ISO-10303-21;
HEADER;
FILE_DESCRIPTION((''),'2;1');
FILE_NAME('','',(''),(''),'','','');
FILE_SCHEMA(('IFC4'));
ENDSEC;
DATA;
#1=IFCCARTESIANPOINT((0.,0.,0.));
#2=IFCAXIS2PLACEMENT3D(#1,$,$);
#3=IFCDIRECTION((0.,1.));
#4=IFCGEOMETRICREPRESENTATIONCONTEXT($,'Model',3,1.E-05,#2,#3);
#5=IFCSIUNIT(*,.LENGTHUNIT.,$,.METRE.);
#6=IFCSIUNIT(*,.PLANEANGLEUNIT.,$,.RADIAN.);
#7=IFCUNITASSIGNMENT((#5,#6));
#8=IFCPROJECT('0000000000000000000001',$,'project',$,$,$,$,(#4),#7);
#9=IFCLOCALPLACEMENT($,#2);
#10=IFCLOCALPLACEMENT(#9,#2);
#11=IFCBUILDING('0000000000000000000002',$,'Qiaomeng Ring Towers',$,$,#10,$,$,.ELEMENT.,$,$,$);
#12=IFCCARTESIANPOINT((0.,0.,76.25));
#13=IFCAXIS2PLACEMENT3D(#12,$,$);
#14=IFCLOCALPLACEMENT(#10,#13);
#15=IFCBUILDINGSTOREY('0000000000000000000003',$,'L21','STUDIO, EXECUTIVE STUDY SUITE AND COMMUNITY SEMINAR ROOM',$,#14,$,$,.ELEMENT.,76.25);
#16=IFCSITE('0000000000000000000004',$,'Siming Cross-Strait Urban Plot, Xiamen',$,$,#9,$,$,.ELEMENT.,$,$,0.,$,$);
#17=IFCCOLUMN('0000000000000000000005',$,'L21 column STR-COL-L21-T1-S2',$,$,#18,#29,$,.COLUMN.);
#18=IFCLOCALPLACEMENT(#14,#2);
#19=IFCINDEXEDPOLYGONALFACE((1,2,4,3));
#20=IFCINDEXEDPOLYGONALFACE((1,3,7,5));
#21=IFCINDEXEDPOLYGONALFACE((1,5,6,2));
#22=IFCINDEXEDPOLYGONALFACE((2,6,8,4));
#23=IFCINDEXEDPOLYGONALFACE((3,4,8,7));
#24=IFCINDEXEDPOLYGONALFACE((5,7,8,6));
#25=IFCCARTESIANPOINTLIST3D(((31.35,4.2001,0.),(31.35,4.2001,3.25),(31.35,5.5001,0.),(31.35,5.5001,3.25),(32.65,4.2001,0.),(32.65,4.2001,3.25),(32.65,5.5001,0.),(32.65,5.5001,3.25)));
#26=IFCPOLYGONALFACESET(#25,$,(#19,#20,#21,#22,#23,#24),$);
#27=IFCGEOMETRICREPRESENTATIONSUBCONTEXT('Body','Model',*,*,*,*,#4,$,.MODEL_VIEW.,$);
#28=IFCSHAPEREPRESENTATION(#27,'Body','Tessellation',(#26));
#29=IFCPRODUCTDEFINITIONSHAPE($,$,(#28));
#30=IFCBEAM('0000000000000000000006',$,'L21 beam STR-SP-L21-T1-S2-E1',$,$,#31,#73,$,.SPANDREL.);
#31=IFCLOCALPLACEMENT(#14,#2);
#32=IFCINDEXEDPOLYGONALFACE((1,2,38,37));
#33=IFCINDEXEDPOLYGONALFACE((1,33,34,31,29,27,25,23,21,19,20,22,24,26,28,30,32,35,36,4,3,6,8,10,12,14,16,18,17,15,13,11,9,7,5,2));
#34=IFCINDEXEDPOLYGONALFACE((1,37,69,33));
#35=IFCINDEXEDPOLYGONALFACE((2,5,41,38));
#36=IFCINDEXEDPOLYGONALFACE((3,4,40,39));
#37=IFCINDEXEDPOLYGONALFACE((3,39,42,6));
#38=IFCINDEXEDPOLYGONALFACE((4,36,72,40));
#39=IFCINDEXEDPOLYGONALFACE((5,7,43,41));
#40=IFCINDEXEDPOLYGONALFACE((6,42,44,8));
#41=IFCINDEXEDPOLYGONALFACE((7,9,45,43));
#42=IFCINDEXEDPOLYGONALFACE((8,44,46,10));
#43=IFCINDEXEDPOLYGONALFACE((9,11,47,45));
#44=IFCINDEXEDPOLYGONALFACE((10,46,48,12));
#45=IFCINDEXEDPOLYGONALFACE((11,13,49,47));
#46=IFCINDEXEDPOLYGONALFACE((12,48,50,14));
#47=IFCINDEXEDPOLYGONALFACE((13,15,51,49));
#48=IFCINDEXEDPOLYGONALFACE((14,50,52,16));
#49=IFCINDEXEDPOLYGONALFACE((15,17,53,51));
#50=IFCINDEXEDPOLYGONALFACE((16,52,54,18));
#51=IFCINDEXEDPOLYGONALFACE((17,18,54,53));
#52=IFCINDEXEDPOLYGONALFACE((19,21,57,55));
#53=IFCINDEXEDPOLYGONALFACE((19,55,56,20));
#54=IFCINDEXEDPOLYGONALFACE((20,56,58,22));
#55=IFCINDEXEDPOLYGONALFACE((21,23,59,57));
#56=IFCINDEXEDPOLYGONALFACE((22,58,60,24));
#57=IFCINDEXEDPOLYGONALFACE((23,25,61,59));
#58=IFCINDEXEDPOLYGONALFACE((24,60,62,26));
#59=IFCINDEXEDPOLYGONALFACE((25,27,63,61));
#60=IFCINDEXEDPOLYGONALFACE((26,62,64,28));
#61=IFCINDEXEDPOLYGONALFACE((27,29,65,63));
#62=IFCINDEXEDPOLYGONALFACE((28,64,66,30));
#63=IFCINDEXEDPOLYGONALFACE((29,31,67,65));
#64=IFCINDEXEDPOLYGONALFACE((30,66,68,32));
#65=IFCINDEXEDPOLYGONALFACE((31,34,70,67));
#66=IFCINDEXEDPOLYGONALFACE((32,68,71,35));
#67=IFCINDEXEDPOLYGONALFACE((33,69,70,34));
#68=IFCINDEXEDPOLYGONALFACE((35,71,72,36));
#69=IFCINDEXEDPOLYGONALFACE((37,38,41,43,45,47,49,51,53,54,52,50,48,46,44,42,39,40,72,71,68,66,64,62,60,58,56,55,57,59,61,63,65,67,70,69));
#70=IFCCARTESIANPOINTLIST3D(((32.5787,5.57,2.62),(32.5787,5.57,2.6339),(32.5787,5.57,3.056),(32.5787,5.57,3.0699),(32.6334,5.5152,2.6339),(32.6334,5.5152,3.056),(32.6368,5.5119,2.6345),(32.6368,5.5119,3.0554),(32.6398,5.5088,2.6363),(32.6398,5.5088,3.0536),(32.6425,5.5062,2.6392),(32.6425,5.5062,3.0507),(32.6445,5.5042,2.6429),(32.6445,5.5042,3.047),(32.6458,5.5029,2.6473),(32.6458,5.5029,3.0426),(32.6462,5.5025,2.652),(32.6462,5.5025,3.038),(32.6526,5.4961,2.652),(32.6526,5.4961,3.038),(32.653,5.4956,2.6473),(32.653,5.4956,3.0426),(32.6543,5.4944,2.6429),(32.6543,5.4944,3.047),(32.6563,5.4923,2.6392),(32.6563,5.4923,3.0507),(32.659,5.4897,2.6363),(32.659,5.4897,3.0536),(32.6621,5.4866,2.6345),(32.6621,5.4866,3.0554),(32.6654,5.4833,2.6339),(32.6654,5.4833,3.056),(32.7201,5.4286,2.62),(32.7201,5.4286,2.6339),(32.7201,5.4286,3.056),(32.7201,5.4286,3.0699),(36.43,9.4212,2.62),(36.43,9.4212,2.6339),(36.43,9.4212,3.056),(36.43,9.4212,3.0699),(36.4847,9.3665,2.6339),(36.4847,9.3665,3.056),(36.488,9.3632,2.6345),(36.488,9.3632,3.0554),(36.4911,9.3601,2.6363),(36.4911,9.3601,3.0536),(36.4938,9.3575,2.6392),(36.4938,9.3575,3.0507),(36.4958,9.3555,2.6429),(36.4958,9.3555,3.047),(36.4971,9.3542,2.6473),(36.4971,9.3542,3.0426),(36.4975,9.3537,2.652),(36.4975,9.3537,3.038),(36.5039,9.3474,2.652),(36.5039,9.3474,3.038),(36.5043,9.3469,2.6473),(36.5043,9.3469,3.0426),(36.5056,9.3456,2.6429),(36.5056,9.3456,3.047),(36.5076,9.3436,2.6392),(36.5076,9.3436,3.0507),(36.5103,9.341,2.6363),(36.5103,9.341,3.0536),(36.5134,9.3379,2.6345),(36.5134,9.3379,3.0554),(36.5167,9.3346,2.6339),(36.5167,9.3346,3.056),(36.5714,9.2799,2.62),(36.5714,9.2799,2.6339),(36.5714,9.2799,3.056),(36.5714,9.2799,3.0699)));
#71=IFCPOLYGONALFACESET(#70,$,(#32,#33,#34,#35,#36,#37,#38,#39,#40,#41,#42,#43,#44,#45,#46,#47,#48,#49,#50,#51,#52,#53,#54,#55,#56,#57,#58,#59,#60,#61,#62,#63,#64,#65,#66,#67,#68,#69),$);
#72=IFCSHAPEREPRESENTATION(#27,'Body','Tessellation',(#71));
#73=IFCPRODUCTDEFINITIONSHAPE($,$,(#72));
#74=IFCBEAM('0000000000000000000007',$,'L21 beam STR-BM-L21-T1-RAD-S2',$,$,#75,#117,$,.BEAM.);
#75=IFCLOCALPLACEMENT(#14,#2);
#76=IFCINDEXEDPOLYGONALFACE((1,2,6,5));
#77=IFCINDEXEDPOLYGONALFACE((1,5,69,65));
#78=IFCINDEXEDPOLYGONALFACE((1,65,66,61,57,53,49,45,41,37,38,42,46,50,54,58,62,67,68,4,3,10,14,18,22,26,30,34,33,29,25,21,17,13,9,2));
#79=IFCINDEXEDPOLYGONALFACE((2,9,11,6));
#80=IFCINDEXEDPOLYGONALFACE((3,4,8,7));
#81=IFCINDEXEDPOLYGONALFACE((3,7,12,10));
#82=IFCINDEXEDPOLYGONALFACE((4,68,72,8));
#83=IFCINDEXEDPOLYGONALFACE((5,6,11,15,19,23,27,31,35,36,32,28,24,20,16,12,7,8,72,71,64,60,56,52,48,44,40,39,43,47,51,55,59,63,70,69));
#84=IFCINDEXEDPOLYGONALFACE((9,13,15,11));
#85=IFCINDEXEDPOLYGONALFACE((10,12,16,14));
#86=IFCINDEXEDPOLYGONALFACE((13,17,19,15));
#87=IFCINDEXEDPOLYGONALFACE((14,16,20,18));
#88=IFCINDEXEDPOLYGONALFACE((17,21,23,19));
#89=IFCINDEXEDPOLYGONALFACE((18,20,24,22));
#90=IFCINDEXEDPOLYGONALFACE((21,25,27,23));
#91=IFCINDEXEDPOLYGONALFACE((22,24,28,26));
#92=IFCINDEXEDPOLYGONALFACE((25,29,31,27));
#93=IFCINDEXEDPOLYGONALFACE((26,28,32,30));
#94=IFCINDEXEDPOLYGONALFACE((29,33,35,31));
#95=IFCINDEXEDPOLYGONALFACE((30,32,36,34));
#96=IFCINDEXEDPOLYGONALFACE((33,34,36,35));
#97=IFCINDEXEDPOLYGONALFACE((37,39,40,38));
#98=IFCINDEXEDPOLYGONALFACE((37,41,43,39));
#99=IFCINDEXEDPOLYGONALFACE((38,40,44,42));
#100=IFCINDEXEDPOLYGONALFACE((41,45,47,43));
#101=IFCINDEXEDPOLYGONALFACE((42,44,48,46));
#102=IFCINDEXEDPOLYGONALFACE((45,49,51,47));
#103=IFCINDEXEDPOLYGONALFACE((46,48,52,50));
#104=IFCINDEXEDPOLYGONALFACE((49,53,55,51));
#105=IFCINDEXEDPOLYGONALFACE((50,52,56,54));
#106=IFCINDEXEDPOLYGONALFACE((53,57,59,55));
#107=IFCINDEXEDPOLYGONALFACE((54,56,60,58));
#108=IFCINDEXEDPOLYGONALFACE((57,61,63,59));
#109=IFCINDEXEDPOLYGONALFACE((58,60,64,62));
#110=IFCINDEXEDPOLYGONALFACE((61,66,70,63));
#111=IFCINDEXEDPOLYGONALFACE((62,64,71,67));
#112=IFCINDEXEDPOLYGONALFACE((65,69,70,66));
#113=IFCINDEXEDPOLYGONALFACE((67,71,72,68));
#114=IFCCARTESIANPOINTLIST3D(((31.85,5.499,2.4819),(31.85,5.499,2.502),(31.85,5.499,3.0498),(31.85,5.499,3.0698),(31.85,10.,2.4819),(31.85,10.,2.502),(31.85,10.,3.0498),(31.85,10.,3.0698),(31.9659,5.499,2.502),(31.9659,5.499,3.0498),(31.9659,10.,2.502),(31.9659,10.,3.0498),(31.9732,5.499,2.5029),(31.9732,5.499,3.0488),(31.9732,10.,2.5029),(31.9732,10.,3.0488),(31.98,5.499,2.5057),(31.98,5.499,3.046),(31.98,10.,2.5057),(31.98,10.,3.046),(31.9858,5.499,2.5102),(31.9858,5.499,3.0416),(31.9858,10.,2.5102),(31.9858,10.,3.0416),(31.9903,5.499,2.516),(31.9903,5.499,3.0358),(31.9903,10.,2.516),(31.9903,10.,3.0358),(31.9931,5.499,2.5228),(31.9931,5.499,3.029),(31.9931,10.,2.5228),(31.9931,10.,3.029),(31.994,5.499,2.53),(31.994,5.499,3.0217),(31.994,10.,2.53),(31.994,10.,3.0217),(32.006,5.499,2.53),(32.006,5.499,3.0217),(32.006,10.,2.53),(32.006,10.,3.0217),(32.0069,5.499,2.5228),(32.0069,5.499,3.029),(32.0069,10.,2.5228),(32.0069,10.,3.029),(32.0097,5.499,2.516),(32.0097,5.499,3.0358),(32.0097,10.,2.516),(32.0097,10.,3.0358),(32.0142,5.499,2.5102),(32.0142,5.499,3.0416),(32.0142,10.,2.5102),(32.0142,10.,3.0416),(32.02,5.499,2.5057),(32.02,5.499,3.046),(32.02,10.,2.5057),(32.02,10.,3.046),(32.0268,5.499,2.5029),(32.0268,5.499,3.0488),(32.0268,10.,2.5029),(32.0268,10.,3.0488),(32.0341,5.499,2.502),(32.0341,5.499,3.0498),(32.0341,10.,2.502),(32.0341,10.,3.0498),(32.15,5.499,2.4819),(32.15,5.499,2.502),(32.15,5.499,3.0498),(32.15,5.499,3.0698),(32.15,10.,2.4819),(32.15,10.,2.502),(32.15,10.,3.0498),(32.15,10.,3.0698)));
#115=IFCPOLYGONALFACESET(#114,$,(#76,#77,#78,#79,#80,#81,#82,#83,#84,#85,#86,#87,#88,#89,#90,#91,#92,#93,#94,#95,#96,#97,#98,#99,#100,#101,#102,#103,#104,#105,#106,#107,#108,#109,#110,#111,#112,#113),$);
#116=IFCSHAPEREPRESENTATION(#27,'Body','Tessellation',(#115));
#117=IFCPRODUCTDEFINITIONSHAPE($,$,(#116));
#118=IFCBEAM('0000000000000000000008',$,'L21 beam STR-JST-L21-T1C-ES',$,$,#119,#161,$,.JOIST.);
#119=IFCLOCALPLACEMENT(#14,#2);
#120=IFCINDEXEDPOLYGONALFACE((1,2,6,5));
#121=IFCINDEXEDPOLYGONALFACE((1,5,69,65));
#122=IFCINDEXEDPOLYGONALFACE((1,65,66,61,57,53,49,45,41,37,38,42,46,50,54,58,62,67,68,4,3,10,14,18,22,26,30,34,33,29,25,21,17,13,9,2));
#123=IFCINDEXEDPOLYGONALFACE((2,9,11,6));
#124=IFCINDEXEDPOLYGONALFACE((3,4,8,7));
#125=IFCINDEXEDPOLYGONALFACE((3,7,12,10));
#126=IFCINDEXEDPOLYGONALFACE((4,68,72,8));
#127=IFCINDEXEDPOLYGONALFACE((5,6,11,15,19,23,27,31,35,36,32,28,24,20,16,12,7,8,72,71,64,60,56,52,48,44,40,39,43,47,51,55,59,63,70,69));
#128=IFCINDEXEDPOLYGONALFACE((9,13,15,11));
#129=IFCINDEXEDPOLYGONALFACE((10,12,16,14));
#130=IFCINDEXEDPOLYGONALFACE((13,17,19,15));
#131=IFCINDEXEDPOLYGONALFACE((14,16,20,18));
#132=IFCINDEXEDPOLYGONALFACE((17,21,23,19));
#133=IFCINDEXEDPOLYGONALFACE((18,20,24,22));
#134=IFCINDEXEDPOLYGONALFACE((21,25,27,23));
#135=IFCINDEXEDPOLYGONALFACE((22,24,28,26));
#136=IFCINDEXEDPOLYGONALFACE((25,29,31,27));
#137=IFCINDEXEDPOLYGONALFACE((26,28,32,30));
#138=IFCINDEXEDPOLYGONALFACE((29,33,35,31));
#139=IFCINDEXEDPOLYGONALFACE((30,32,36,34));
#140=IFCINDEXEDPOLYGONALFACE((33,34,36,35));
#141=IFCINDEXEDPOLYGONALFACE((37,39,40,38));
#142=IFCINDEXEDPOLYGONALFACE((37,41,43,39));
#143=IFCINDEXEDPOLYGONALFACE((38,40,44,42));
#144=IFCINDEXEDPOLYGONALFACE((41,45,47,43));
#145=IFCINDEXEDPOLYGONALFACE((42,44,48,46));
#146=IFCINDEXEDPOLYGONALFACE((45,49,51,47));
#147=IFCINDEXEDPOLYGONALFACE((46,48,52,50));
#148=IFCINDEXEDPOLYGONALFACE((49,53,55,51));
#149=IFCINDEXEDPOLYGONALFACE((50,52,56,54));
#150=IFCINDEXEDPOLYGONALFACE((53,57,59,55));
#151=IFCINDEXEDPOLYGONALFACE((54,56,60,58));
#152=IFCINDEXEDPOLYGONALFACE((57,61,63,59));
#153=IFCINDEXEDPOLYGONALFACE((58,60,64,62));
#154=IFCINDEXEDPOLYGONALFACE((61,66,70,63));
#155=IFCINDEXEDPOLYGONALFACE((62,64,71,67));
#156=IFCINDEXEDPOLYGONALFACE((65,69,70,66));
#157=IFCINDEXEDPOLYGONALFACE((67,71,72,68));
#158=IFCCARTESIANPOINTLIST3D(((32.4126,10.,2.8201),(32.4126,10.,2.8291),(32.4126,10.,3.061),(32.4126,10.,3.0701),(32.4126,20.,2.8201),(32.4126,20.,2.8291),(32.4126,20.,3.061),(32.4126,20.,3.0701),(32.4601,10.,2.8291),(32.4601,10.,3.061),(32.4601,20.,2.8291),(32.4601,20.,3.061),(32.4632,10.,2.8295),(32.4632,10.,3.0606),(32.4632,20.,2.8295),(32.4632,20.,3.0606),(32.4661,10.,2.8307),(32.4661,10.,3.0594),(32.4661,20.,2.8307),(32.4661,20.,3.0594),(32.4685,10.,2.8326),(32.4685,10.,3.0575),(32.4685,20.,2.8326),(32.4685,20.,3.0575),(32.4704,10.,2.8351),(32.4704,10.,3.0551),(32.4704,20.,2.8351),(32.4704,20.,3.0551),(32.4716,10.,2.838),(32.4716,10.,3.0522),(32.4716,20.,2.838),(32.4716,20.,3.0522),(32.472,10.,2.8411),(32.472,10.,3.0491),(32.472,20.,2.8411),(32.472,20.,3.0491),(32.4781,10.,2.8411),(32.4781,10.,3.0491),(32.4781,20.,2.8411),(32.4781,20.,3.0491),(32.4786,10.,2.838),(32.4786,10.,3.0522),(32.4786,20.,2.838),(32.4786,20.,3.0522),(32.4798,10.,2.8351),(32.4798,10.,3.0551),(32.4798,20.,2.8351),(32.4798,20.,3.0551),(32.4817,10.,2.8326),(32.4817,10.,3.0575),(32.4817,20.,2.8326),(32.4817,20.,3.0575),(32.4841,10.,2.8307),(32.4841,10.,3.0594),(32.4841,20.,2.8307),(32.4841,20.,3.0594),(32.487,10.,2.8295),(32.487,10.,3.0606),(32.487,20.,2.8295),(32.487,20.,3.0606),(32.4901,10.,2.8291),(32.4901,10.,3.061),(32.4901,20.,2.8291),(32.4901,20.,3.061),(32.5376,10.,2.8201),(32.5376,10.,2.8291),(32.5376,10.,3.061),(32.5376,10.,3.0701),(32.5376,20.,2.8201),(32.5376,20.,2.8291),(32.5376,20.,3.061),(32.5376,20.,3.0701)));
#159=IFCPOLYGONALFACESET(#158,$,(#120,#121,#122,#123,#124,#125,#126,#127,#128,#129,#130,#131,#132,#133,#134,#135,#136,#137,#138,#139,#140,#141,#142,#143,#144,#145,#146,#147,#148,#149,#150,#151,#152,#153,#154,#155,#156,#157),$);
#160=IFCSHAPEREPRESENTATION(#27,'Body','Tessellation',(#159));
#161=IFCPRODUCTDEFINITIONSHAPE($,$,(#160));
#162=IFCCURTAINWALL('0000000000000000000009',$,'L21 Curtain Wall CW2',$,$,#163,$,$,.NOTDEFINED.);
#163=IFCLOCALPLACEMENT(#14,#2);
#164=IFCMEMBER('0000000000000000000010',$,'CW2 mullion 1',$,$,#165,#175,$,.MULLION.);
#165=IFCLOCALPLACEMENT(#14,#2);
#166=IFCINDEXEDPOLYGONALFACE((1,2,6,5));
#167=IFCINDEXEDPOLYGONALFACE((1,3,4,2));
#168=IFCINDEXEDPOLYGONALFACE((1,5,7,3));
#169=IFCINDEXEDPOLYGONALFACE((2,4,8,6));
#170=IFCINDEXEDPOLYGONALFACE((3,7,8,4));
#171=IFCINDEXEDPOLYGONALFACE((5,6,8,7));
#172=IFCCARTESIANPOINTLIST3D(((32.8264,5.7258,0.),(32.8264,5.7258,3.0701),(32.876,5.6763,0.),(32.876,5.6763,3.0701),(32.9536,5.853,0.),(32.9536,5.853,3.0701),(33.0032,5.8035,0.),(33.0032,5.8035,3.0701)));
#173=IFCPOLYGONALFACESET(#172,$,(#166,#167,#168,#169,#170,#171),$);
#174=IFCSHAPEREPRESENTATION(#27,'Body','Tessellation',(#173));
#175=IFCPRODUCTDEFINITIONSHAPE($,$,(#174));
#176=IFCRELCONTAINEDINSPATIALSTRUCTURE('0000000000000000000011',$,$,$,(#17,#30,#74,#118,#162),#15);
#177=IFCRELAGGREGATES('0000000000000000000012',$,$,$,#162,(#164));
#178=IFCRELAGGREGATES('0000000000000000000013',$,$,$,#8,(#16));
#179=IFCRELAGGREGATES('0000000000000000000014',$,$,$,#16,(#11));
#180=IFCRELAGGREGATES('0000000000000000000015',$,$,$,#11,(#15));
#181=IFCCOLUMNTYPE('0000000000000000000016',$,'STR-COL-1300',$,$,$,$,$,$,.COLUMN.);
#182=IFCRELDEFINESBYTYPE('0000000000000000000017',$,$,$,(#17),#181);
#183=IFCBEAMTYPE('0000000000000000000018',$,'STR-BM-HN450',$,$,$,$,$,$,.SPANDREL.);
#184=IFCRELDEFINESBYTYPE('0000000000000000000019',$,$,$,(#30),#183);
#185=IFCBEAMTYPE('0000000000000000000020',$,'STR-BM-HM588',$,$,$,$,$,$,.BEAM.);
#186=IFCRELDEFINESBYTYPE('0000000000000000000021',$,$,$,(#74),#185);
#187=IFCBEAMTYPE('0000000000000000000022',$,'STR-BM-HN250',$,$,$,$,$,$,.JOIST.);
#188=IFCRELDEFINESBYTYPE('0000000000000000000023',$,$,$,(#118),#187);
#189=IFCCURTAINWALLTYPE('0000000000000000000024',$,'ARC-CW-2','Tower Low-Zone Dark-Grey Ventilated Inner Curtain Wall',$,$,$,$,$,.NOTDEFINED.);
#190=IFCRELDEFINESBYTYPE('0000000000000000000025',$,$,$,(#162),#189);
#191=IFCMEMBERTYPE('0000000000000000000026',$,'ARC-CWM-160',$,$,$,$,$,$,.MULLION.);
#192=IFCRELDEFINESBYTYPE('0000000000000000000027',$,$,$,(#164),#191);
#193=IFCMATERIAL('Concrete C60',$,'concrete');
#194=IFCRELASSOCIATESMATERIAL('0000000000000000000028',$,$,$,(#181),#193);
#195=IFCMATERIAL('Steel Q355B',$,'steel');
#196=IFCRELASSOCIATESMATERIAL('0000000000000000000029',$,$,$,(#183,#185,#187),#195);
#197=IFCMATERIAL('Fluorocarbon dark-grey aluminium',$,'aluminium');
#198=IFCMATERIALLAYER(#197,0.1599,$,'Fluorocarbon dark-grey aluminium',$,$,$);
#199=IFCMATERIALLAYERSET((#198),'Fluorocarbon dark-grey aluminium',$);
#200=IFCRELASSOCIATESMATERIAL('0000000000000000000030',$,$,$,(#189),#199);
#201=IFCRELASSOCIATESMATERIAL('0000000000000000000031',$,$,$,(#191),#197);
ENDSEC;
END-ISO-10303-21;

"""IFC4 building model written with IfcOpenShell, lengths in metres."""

from ifc_helpers import new_model, si_unit, direction, frame, origin, origin_2d, place, context, subcontext, project, spatial, rectangle, i_section, extrude, source, transform, mapped, material, layer, layer_set, material_profile, profile_set, type_object, element, aggregate, save


model = new_model("IFC4")

# Units and contexts
model_context = context("Model", 3, precision=1e-05, world=origin(), true_north=direction((0.0, 1.0)))
body_context = subcontext(model_context, "Body", "Model", "MODEL_VIEW")
ifc_project = project(units=[si_unit("LENGTHUNIT", "METRE"), si_unit("PLANEANGLEUNIT", "RADIAN")], contexts=[model_context])

# Site, building, storey
site_placement = place(None, origin())
site = spatial("IfcSite", under=ifc_project, at=site_placement, Name="Siming Cross-Strait Urban Plot, Xiamen", CompositionType="ELEMENT", RefElevation=0.0)
building_placement = place(site_placement, origin())
building = spatial("IfcBuilding", under=site, at=building_placement, Name="Qiaomeng Ring Towers", CompositionType="ELEMENT")
storey_placement = place(building_placement, frame((0.0, 0.0, 76.25)))
storey = spatial("IfcBuildingStorey", under=building, at=storey_placement, Name="L21", Description="STUDIO, EXECUTIVE STUDY SUITE AND COMMUNITY SEMINAR ROOM", CompositionType="ELEMENT", Elevation=76.25)

# Column
ifc_material_1 = material(Name="Concrete C60", Category="concrete")
ifc_material_profile_1 = material_profile(ifc_material_1, rectangle(XDim=1.3, YDim=1.3, at=origin_2d()), Name="RC COL 1300x1300")
ifc_profile_set_1 = profile_set([ifc_material_profile_1], Name="Concrete C60")
column_type = type_object("IfcColumnType", Name="STR-COL-1300", PredefinedType="COLUMN", material=ifc_profile_set_1)
shared_shape_1 = source(origin(), body_context, "Body", "SweptSolid", [
    extrude(rectangle(XDim=1.3, YDim=1.3, at=origin_2d()), origin(), (0.0, 0.0, 1.0), 3.25),
])
column_placement = place(storey_placement, frame((32.0, 4.8501, 0.0), z_axis=(0.0, 0.0, 1.0), x_axis=(1.0, 0.0, 0.0)))
element("IfcColumn", 1, at=column_placement, inside=storey, type_object=column_type, Name="L21 column STR-COL-L21-T1-S2", PredefinedType="COLUMN", context=body_context, shape_type="MappedRepresentation", body=[
    mapped(shared_shape_1, transform((0.0, 0.0, 0.0), x_axis=(1.0, 0.0, 0.0), y_axis=(0.0, 1.0, 0.0), z_axis=(0.0, 0.0, 1.0), scale=1.0)),
])

# Beams
ifc_material_2 = material(Name="Steel Q355B", Category="steel")
ifc_material_profile_2 = material_profile(ifc_material_2, i_section(OverallWidth=0.2, OverallDepth=0.45, WebThickness=0.009, FlangeThickness=0.0139, FilletRadius=0.0181, at=origin_2d()), Name="HN 450x200x9x14")
ifc_profile_set_2 = profile_set([ifc_material_profile_2], Name="Steel Q355B")
beam_type_1 = type_object("IfcBeamType", Name="STR-BM-HN450", PredefinedType="SPANDREL", material=ifc_profile_set_2)
shared_shape_2 = source(origin(), body_context, "Body", "SweptSolid", [
    extrude(i_section(OverallWidth=0.2, OverallDepth=0.45, WebThickness=0.009, FlangeThickness=0.0139, FilletRadius=0.0181, at=origin_2d()), origin(), (0.0, 0.0, 1.0), 5.4465),
])
beam_1_placement = place(storey_placement, frame((32.6494, 5.4993, 2.845), z_axis=(0.707107, 0.707107, 0.0), x_axis=(-0.707107, 0.707107, 0.0)))
element("IfcBeam", 2, at=beam_1_placement, inside=storey, type_object=beam_type_1, Name="L21 beam STR-SP-L21-T1-S2-E1", PredefinedType="SPANDREL", context=body_context, shape_type="MappedRepresentation", body=[
    mapped(shared_shape_2, transform((0.0, 0.0, 0.0), x_axis=(1.0, 0.0, 0.0), y_axis=(0.0, 1.0, 0.0), z_axis=(0.0, 0.0, 1.0), scale=1.0)),
])
ifc_material_profile_3 = material_profile(ifc_material_2, i_section(OverallWidth=0.3, OverallDepth=0.5879, WebThickness=0.012, FlangeThickness=0.02, FilletRadius=0.0281, at=origin_2d()), Name="HM 588x300x12x20")
ifc_profile_set_3 = profile_set([ifc_material_profile_3], Name="Steel Q355B")
beam_type_2 = type_object("IfcBeamType", Name="STR-BM-HM588", PredefinedType="BEAM", material=ifc_profile_set_3)
shared_shape_3 = source(origin(), body_context, "Body", "SweptSolid", [
    extrude(i_section(OverallWidth=0.3, OverallDepth=0.5879, WebThickness=0.012, FlangeThickness=0.02, FilletRadius=0.0281, at=origin_2d()), origin(), (0.0, 0.0, 1.0), 4.501),
])
beam_2_placement = place(storey_placement, frame((32.0, 5.499, 2.7759), z_axis=(0.0, 1.0, 0.0), x_axis=(-1.0, 0.0, 0.0)))
element("IfcBeam", 3, at=beam_2_placement, inside=storey, type_object=beam_type_2, Name="L21 beam STR-BM-L21-T1-RAD-S2", PredefinedType="BEAM", context=body_context, shape_type="MappedRepresentation", body=[
    mapped(shared_shape_3, transform((0.0, 0.0, 0.0), x_axis=(1.0, 0.0, 0.0), y_axis=(0.0, 1.0, 0.0), z_axis=(0.0, 0.0, 1.0), scale=1.0)),
])
ifc_material_profile_4 = material_profile(ifc_material_2, i_section(OverallWidth=0.125, OverallDepth=0.25, WebThickness=0.0061, FlangeThickness=0.009, FilletRadius=0.012, at=origin_2d()), Name="HN 250x125x6x9")
ifc_profile_set_4 = profile_set([ifc_material_profile_4], Name="Steel Q355B")
beam_type_3 = type_object("IfcBeamType", Name="STR-BM-HN250", PredefinedType="JOIST", material=ifc_profile_set_4)
shared_shape_4 = source(origin(), body_context, "Body", "SweptSolid", [
    extrude(i_section(OverallWidth=0.125, OverallDepth=0.25, WebThickness=0.0061, FlangeThickness=0.009, FilletRadius=0.012, at=origin_2d()), origin(), (0.0, 0.0, 1.0), 10.0),
])
beam_3_placement = place(storey_placement, frame((32.4751, 10.0, 2.9451), z_axis=(0.0, 1.0, 0.0), x_axis=(-1.0, 0.0, 0.0)))
element("IfcBeam", 4, at=beam_3_placement, inside=storey, type_object=beam_type_3, Name="L21 beam STR-JST-L21-T1C-ES", PredefinedType="JOIST", context=body_context, shape_type="MappedRepresentation", body=[
    mapped(shared_shape_4, transform((0.0, 0.0, 0.0), x_axis=(1.0, 0.0, 0.0), y_axis=(0.0, 1.0, 0.0), z_axis=(0.0, 0.0, 1.0), scale=1.0)),
])

# Curtain wall, member
ifc_material_3 = material(Name="Fluorocarbon dark-grey aluminium", Category="aluminium")
ifc_layer_1 = layer(ifc_material_3, 0.1599, Name="Fluorocarbon dark-grey aluminium")
ifc_layer_set_1 = layer_set([ifc_layer_1], Name="Fluorocarbon dark-grey aluminium")
curtain_wall_type = type_object("IfcCurtainWallType", Name="ARC-CW-2", Description="Tower Low-Zone Dark-Grey Ventilated Inner Curtain Wall", PredefinedType="NOTDEFINED", material=ifc_layer_set_1)
curtain_wall_placement = place(storey_placement, origin())
curtain_wall = element("IfcCurtainWall", 5, at=curtain_wall_placement, inside=storey, type_object=curtain_wall_type, Name="L21 Curtain Wall CW2", PredefinedType="NOTDEFINED")
ifc_material_profile_5 = material_profile(ifc_material_3, rectangle(XDim=0.0701, YDim=0.1799, at=origin_2d()), Name="ALU MULL 70x180")
ifc_profile_set_5 = profile_set([ifc_material_profile_5], Name="Fluorocarbon dark-grey aluminium")
member_type_1 = type_object("IfcMemberType", Name="ARC-CWM-160", PredefinedType="MULLION", material=ifc_profile_set_5)
shared_shape_5 = source(origin(), body_context, "Body", "SweptSolid", [
    extrude(rectangle(XDim=0.0701, YDim=0.1799, at=origin_2d()), origin(), (0.0, 0.0, 1.0), 3.0701),
])
member_1_placement = place(storey_placement, frame((32.9148, 5.7646, 0.0), z_axis=(0.0, 0.0, 1.0), x_axis=(-0.707107, 0.707107, 0.0)))
member_1 = element("IfcMember", 6, at=member_1_placement, type_object=member_type_1, Name="CW2 mullion 1", PredefinedType="MULLION", context=body_context, shape_type="MappedRepresentation", body=[
    mapped(shared_shape_5, transform((0.0, 0.0, 0.0), x_axis=(1.0, 0.0, 0.0), y_axis=(0.0, 1.0, 0.0), z_axis=(0.0, 0.0, 1.0), scale=1.0)),
])
aggregate(curtain_wall, [member_1])

save(model, "model.ifc")
